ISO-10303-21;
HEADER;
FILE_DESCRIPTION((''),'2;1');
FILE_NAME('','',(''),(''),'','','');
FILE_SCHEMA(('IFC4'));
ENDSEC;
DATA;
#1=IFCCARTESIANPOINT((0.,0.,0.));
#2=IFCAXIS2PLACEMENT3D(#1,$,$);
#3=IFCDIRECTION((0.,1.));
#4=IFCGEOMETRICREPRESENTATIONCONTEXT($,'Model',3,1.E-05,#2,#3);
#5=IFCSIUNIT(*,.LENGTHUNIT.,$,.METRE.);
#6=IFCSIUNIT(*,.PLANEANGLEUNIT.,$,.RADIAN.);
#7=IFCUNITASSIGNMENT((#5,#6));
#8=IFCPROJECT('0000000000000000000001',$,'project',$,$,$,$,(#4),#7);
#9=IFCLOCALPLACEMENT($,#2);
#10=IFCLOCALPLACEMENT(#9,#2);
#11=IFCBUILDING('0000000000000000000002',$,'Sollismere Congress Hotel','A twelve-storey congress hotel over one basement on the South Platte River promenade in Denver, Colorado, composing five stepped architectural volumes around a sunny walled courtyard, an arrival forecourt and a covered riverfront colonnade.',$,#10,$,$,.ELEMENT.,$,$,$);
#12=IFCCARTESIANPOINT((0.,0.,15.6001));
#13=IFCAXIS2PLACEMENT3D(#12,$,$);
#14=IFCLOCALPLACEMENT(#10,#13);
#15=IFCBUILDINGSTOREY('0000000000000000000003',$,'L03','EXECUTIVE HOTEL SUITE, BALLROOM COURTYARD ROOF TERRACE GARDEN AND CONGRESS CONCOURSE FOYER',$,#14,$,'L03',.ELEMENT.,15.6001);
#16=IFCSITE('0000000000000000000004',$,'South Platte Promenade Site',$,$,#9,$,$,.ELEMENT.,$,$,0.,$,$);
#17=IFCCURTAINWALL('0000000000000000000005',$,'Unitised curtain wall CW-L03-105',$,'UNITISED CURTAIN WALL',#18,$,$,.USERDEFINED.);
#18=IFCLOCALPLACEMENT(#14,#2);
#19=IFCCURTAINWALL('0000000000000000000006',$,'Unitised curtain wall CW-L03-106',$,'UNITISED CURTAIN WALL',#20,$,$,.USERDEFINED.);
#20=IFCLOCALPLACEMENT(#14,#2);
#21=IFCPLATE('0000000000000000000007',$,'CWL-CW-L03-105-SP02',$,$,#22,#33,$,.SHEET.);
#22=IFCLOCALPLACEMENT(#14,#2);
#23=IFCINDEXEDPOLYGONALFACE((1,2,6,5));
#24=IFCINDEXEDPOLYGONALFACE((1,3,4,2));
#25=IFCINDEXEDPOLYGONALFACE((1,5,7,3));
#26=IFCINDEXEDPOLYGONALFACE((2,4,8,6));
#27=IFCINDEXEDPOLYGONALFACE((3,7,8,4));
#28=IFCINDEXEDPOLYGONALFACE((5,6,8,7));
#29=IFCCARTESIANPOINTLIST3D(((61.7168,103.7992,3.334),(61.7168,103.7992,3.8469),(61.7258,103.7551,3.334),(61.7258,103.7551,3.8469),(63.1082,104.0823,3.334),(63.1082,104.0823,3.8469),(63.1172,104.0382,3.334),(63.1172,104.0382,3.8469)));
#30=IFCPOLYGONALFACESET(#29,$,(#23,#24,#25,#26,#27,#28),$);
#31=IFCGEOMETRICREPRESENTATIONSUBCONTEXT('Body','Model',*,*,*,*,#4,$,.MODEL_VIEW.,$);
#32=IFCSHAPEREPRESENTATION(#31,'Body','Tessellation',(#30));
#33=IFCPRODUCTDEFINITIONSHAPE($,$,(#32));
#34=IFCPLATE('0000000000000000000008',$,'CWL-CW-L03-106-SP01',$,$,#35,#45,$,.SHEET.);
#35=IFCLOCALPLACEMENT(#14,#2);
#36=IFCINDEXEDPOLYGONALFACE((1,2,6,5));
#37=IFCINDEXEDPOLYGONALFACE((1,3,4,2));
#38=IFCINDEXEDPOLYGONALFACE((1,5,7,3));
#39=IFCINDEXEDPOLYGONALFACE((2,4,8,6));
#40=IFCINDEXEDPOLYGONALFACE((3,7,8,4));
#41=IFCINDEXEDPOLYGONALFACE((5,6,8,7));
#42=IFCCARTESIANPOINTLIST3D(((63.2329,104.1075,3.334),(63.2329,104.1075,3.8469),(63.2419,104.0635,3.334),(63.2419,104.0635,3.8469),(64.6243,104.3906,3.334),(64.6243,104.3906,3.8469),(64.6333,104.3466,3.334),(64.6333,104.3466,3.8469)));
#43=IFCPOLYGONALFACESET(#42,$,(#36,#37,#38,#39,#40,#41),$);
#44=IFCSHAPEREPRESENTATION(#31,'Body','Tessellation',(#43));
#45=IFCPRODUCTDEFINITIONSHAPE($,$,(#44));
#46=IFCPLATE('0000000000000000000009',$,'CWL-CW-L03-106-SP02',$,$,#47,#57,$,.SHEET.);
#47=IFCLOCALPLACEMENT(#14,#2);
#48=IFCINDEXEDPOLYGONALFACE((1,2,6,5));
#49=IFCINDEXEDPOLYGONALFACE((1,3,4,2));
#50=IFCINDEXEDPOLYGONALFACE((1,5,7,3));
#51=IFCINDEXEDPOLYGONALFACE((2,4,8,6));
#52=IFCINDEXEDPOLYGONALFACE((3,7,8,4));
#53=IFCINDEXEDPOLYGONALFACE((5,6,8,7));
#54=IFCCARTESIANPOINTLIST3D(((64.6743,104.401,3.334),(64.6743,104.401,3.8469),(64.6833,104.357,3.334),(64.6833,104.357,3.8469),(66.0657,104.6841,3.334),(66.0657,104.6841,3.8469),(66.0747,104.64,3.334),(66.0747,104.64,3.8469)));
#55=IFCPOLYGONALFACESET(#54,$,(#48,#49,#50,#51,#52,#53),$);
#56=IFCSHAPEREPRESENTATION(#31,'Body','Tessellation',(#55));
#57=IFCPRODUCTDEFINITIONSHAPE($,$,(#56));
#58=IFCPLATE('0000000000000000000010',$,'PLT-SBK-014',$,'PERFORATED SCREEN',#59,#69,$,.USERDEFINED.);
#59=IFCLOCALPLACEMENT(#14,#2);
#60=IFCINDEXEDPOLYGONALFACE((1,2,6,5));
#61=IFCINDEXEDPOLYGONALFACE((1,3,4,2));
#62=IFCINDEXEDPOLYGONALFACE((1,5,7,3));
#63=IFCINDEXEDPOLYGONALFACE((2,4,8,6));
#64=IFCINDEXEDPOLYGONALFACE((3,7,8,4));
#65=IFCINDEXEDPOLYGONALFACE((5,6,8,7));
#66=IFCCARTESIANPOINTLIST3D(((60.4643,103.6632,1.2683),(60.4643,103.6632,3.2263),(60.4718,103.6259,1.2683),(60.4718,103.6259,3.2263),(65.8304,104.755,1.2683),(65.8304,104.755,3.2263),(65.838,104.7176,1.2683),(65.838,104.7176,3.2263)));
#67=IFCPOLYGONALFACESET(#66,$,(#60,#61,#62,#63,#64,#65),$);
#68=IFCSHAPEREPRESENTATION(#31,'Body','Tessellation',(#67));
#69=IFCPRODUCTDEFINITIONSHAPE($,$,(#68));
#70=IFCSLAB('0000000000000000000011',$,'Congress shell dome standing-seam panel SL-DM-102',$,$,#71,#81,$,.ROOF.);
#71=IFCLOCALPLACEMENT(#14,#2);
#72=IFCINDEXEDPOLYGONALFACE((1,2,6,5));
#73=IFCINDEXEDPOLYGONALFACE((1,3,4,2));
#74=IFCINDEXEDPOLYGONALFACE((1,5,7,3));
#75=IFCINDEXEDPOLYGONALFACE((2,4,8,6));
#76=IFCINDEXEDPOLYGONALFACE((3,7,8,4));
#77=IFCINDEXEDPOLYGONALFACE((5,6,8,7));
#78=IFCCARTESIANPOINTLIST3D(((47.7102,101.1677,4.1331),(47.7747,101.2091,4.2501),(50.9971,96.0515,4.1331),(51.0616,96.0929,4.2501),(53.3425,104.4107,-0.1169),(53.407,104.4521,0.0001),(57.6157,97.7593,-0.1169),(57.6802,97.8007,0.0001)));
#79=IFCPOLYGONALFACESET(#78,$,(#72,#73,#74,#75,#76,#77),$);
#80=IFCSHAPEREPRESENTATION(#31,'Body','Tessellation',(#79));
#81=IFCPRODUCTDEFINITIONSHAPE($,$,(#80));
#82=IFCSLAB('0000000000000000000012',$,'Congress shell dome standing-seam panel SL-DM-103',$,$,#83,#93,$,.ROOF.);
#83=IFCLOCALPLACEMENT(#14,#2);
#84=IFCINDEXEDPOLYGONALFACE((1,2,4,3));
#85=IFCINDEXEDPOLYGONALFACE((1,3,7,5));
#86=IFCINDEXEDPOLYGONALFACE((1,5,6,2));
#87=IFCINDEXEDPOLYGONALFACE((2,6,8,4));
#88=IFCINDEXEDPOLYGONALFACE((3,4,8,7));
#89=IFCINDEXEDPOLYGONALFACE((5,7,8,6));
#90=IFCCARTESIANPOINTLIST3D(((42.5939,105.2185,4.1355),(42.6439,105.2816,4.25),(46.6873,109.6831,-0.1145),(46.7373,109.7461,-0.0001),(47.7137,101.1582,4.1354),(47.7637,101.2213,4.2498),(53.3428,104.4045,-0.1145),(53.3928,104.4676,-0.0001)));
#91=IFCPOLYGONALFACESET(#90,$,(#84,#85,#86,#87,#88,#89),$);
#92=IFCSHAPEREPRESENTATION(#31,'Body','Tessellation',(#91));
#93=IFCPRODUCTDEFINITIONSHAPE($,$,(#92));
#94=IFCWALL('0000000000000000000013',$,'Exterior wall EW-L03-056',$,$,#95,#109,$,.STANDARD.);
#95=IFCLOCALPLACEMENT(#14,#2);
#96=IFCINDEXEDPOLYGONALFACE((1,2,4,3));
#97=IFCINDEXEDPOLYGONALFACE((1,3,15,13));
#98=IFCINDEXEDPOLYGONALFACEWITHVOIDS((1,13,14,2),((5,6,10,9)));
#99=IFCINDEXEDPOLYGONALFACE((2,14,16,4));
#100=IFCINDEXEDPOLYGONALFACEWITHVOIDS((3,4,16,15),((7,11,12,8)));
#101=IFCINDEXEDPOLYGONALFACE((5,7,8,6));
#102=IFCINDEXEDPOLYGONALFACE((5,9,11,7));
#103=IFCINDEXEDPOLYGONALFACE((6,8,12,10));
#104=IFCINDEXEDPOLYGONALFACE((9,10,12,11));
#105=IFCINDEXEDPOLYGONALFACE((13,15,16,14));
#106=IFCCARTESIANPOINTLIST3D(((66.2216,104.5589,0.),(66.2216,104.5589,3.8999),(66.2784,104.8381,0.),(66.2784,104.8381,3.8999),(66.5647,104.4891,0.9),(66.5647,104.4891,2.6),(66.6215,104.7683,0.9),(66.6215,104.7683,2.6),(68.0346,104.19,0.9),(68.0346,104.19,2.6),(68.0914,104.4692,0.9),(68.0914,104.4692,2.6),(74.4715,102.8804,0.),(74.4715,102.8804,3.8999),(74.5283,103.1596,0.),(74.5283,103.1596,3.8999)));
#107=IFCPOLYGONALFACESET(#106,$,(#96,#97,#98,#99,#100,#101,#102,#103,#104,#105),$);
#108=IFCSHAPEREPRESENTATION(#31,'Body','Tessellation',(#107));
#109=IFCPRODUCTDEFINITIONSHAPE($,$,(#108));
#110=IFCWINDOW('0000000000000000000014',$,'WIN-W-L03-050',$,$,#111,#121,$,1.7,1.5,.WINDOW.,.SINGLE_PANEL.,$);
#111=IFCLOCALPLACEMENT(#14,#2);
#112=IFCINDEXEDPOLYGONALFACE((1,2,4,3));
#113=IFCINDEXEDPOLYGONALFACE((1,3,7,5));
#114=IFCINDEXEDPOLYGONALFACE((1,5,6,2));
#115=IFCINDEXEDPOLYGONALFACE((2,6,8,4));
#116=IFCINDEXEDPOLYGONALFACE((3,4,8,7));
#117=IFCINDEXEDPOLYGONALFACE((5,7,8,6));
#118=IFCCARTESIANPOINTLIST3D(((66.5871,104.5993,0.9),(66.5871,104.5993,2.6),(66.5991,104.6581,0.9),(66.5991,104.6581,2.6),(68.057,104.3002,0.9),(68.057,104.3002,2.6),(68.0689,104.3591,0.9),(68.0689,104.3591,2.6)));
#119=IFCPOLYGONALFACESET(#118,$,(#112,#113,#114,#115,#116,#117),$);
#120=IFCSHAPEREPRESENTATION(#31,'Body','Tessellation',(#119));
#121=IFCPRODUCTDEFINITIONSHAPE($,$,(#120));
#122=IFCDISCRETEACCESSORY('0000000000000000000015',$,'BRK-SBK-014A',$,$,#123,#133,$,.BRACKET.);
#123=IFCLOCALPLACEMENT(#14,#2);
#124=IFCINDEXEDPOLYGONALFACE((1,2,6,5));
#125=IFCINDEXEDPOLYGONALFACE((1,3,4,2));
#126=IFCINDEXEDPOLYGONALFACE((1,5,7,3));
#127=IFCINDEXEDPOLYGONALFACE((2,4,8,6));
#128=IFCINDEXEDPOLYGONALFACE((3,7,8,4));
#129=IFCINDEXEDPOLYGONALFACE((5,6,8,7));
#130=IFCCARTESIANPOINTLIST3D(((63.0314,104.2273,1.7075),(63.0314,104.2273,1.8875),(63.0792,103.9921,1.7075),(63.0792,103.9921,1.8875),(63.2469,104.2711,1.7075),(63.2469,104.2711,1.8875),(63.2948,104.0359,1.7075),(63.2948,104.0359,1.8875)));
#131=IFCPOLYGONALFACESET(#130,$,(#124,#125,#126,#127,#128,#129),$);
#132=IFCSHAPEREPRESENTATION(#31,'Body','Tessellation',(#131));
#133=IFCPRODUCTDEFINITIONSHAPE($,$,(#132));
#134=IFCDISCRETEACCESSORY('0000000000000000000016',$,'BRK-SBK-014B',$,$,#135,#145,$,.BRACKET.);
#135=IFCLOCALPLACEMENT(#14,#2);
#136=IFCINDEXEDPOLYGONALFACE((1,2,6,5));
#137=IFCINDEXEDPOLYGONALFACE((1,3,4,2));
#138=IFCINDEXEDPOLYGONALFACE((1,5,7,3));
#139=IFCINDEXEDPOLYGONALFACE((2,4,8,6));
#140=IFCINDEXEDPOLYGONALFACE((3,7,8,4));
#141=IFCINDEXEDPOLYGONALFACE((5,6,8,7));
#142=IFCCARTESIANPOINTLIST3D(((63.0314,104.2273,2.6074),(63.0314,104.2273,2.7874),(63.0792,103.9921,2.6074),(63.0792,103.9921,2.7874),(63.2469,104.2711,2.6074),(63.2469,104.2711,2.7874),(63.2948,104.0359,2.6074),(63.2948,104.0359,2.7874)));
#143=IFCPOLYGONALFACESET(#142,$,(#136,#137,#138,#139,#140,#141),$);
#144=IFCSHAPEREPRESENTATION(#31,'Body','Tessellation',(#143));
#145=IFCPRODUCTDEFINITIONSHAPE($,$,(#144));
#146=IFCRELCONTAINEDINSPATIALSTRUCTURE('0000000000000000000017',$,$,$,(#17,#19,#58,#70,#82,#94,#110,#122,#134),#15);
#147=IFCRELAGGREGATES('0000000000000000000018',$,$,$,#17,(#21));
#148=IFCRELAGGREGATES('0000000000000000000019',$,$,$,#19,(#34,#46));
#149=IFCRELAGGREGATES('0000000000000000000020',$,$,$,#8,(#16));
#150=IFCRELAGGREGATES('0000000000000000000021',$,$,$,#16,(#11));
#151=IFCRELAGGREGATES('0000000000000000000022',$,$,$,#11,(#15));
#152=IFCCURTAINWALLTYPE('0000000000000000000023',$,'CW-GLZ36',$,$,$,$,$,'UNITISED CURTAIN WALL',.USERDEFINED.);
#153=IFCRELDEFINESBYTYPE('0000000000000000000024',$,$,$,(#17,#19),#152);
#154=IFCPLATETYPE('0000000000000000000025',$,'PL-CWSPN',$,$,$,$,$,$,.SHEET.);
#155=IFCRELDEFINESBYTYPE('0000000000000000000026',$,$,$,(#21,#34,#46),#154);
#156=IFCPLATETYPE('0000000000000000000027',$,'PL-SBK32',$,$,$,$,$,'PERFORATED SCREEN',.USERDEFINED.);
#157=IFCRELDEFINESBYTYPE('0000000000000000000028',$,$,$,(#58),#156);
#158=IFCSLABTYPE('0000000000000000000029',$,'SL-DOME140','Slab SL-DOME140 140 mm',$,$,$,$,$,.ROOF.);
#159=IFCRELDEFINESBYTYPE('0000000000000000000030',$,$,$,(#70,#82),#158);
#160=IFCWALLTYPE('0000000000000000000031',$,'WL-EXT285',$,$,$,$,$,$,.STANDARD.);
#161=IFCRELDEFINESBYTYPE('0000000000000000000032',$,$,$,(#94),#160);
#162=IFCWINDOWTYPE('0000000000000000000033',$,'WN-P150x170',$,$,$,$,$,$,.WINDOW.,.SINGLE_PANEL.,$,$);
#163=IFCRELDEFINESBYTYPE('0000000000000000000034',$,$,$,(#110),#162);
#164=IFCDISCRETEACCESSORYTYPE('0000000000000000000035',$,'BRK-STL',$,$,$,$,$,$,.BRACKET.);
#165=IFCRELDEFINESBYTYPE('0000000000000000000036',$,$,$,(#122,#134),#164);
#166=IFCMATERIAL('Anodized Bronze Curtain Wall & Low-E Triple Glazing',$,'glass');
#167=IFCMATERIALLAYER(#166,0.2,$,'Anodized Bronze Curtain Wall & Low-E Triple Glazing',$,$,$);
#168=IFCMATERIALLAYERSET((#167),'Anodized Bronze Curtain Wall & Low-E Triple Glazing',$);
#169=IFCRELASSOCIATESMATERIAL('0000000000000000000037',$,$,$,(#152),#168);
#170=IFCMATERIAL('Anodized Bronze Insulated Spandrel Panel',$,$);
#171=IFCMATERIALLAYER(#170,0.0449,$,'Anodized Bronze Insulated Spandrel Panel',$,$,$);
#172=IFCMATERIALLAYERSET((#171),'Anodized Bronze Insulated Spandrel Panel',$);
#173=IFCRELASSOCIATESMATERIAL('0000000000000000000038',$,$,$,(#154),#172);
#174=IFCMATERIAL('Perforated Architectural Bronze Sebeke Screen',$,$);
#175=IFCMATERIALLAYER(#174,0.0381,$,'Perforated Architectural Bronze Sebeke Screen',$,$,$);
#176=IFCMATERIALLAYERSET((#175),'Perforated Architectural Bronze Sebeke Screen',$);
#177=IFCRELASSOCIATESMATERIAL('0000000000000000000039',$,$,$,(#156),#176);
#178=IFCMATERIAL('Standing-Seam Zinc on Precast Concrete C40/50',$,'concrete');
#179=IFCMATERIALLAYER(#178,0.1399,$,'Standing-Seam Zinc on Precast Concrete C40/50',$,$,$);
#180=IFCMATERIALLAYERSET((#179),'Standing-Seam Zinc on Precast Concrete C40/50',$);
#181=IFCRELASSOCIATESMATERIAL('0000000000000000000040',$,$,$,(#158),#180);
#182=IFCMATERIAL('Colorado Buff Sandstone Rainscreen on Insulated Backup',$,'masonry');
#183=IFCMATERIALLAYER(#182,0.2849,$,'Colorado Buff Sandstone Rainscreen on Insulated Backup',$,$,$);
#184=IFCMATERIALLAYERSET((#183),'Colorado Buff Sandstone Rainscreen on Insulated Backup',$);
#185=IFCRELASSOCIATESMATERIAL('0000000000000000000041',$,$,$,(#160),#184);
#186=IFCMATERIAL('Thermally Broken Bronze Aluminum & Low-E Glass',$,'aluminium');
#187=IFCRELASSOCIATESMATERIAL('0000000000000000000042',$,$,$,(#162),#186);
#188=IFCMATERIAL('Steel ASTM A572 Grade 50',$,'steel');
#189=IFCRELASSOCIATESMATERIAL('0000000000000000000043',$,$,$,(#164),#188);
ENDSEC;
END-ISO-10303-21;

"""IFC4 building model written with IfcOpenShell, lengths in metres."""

from ifc_helpers import new_model, si_unit, direction, frame, frame_2d, origin, origin_2d, place, context, subcontext, project, spatial, polyline, rectangle, outline, extrude, material, layer, layer_set, type_object, element, fill, aggregate, save


model = new_model("IFC4")

# Units and contexts
model_context = context("Model", 3, precision=1e-05, world=origin(), true_north=direction((0.0, 1.0)))
body_context = subcontext(model_context, "Body", "Model", "MODEL_VIEW")
ifc_project = project(units=[si_unit("LENGTHUNIT", "METRE"), si_unit("PLANEANGLEUNIT", "RADIAN")], contexts=[model_context])

# Site, building, storey
site_placement = place(None, origin())
site = spatial("IfcSite", under=ifc_project, at=site_placement, Name="South Platte Promenade Site", CompositionType="ELEMENT", RefElevation=0.0)
building_placement = place(site_placement, origin())
building = spatial("IfcBuilding", under=site, at=building_placement, Name="Sollismere Congress Hotel", Description="A twelve-storey congress hotel over one basement on the South Platte River promenade in Denver, Colorado, composing five stepped architectural volumes around a sunny walled courtyard, an arrival forecourt and a covered riverfront colonnade.", CompositionType="ELEMENT")
storey_placement = place(building_placement, frame((0.0, 0.0, 15.6001)))
storey = spatial("IfcBuildingStorey", under=building, at=storey_placement, Name="L03", Description="EXECUTIVE HOTEL SUITE, BALLROOM COURTYARD ROOF TERRACE GARDEN AND CONGRESS CONCOURSE FOYER", LongName="L03", CompositionType="ELEMENT", Elevation=15.6001)

# Curtain walls
ifc_material_1 = material(Name="Anodized Bronze Curtain Wall & Low-E Triple Glazing", Category="glass")
ifc_layer_1 = layer(ifc_material_1, 0.2, Name="Anodized Bronze Curtain Wall & Low-E Triple Glazing")
ifc_layer_set_1 = layer_set([ifc_layer_1], Name="Anodized Bronze Curtain Wall & Low-E Triple Glazing")
curtain_wall_type = type_object("IfcCurtainWallType", Name="CW-GLZ36", ElementType="UNITISED CURTAIN WALL", PredefinedType="USERDEFINED", material=ifc_layer_set_1)
curtain_wall_1_placement = place(storey_placement, origin())
curtain_wall_1 = element("IfcCurtainWall", 1, at=curtain_wall_1_placement, inside=storey, type_object=curtain_wall_type, Name="Unitised curtain wall CW-L03-105", ObjectType="UNITISED CURTAIN WALL", PredefinedType="USERDEFINED")
curtain_wall_2_placement = place(storey_placement, origin())
curtain_wall_2 = element("IfcCurtainWall", 2, at=curtain_wall_2_placement, inside=storey, type_object=curtain_wall_type, Name="Unitised curtain wall CW-L03-106", ObjectType="UNITISED CURTAIN WALL", PredefinedType="USERDEFINED")

# Plates
ifc_material_2 = material(Name="Anodized Bronze Insulated Spandrel Panel")
ifc_layer_2 = layer(ifc_material_2, 0.0449, Name="Anodized Bronze Insulated Spandrel Panel")
ifc_layer_set_2 = layer_set([ifc_layer_2], Name="Anodized Bronze Insulated Spandrel Panel")
plate_type_1 = type_object("IfcPlateType", Name="PL-CWSPN", PredefinedType="SHEET", material=ifc_layer_set_2)
plate_1_placement = place(storey_placement, frame((62.417, 103.9187, 3.334), z_axis=(0.0, 0.0, 1.0), x_axis=(0.979925, 0.199368, 0.0)))
plate_1 = element("IfcPlate", 3, at=plate_1_placement, type_object=plate_type_1, Name="CWL-CW-L03-105-SP02", PredefinedType="SHEET", context=body_context, shape_type="SweptSolid", body=[
    extrude(rectangle(XDim=1.4199, YDim=0.0449, at=origin_2d()), origin(), (0.0, 0.0, 1.0), 0.5129),
])
aggregate(curtain_wall_1, [plate_1])
plate_2_placement = place(storey_placement, frame((63.9331, 104.2271, 3.334), z_axis=(0.0, 0.0, 1.0), x_axis=(0.979925, 0.199368, 0.0)))
plate_2 = element("IfcPlate", 4, at=plate_2_placement, type_object=plate_type_1, Name="CWL-CW-L03-106-SP01", PredefinedType="SHEET", context=body_context, shape_type="SweptSolid", body=[
    extrude(rectangle(XDim=1.4199, YDim=0.0449, at=origin_2d()), origin(), (0.0, 0.0, 1.0), 0.5129),
])
plate_3_placement = place(storey_placement, frame((65.3745, 104.5205, 3.334), z_axis=(0.0, 0.0, 1.0), x_axis=(0.979925, 0.199368, 0.0)))
plate_3 = element("IfcPlate", 5, at=plate_3_placement, type_object=plate_type_1, Name="CWL-CW-L03-106-SP02", PredefinedType="SHEET", context=body_context, shape_type="SweptSolid", body=[
    extrude(rectangle(XDim=1.4199, YDim=0.0449, at=origin_2d()), origin(), (0.0, 0.0, 1.0), 0.5129),
])
aggregate(curtain_wall_2, [plate_2, plate_3])
ifc_material_3 = material(Name="Perforated Architectural Bronze Sebeke Screen")
ifc_layer_3 = layer(ifc_material_3, 0.0381, Name="Perforated Architectural Bronze Sebeke Screen")
ifc_layer_set_3 = layer_set([ifc_layer_3], Name="Perforated Architectural Bronze Sebeke Screen")
plate_type_2 = type_object("IfcPlateType", Name="PL-SBK32", ElementType="PERFORATED SCREEN", PredefinedType="USERDEFINED", material=ifc_layer_set_3)
plate_4_placement = place(storey_placement, frame((63.1511, 104.1904, 1.2683), z_axis=(0.0, 0.0, 1.0), x_axis=(0.979925, 0.199368, 0.0)))
element("IfcPlate", 6, at=plate_4_placement, inside=storey, type_object=plate_type_2, Name="PLT-SBK-014", ObjectType="PERFORATED SCREEN", PredefinedType="USERDEFINED", context=body_context, shape_type="SweptSolid", body=[
    extrude(rectangle(XDim=5.4761, YDim=0.0381, at=origin_2d()), origin(), (0.0, 0.0, 1.0), 1.958),
])

# Slabs
ifc_material_4 = material(Name="Standing-Seam Zinc on Precast Concrete C40/50", Category="concrete")
ifc_layer_4 = layer(ifc_material_4, 0.1399, Name="Standing-Seam Zinc on Precast Concrete C40/50")
ifc_layer_set_4 = layer_set([ifc_layer_4], Name="Standing-Seam Zinc on Precast Concrete C40/50")
slab_type = type_object("IfcSlabType", Name="SL-DOME140", Description="Slab SL-DOME140 140 mm", PredefinedType="ROOF", material=ifc_layer_set_4)
slab_1_placement = place(storey_placement, frame((57.6157, 97.7593, -0.1169), z_axis=(0.46084, 0.296066, 0.836643), x_axis=(-0.540516, 0.841334, 0.000002)))
element("IfcSlab", 7, at=slab_1_placement, inside=storey, type_object=slab_type, Name="Congress shell dome standing-seam panel SL-DM-102", PredefinedType="ROOF", context=body_context, shape_type="SweptSolid", body=[
    extrude(outline(polyline([(0.0, 0.0), (7.9058, 0.0), (8.2217, 7.759), (2.1406, 7.759), (0.0, 0.0)])), origin(), (0.0, 0.0, 1.0), 0.1399),
])
slab_2_placement = place(storey_placement, frame((53.3428, 104.4045, -0.1145), z_axis=(0.357528, 0.450799, 0.817896), x_axis=(-0.783496, 0.621397, -0.000003)))
element("IfcSlab", 8, at=slab_2_placement, inside=storey, type_object=slab_type, Name="Congress shell dome standing-seam panel SL-DM-103", PredefinedType="ROOF", context=body_context, shape_type="SweptSolid", body=[
    extrude(outline(polyline([(0.0, 0.0), (8.4946, 0.0), (8.9275, 7.3867), (2.3931, 7.3865), (0.0, 0.0)])), origin(), (0.0, 0.0, 1.0), 0.1399),
])

# Wall, opening, window
ifc_material_5 = material(Name="Colorado Buff Sandstone Rainscreen on Insulated Backup", Category="masonry")
ifc_layer_5 = layer(ifc_material_5, 0.2849, Name="Colorado Buff Sandstone Rainscreen on Insulated Backup")
ifc_layer_set_5 = layer_set([ifc_layer_5], Name="Colorado Buff Sandstone Rainscreen on Insulated Backup")
wall_type = type_object("IfcWallType", Name="WL-EXT285", PredefinedType="STANDARD", material=ifc_layer_set_5)
wall_placement = place(storey_placement, frame((66.25, 104.6985, 0.0), z_axis=(0.0, 0.0, 1.0), x_axis=(0.979925, -0.199366, 0.0)))
wall = element("IfcWall", 9, at=wall_placement, inside=storey, type_object=wall_type, Name="Exterior wall EW-L03-056", PredefinedType="STANDARD", context=body_context, shape_type="SweptSolid", body=[
    extrude(rectangle(XDim=8.4189, YDim=0.2849, at=frame_2d((4.2095, 0.0))), origin(), (0.0, 0.0, 1.0), 3.8999),
])
opening_placement = place(wall_placement, frame((0.3501, 0.0, 0.8999)))
opening = element("IfcOpeningElement", 10, at=opening_placement, cuts=wall, PredefinedType="OPENING", context=body_context, shape_type="SweptSolid", body=[
    extrude(rectangle(XDim=1.5, YDim=1.7, at=frame_2d((0.75, 0.8501))), frame((0.0, 0.1523, 0.0), z_axis=(0.0, -1.0, 0.0), x_axis=(1.0, 0.0, 0.0)), (0.0, 0.0, 1.0), 0.3049),
])
ifc_material_6 = material(Name="Thermally Broken Bronze Aluminum & Low-E Glass", Category="aluminium")
window_type = type_object("IfcWindowType", Name="WN-P150x170", PartitioningType="SINGLE_PANEL", PredefinedType="WINDOW", material=ifc_material_6)
window_placement = place(opening_placement, origin())
window = element("IfcWindow", 11, at=window_placement, inside=storey, type_object=window_type, Name="WIN-W-L03-050", OverallHeight=1.7, OverallWidth=1.5, PartitioningType="SINGLE_PANEL", PredefinedType="WINDOW", context=body_context, shape_type="SweptSolid", body=[
    extrude(rectangle(XDim=1.5, YDim=1.7, at=frame_2d((0.75, 0.8501))), frame((0.0, 0.03, 0.0), z_axis=(0.0, -1.0, 0.0), x_axis=(1.0, 0.0, 0.0)), (0.0, 0.0, 1.0), 0.0601),
])
fill(opening, window)

# Discrete accessories
ifc_material_7 = material(Name="Steel ASTM A572 Grade 50", Category="steel")
discrete_accessory_type = type_object("IfcDiscreteAccessoryType", Name="BRK-STL", PredefinedType="BRACKET", material=ifc_material_7)
for number, where, z_axis, x_axis, name in (
    (12, (63.1631, 104.1316, 1.7075), (0.0, 0.0, 1.0), (0.979925, 0.199368, 0.0), "BRK-SBK-014A"),
    (13, (63.1631, 104.1316, 2.6074), (0.0, 0.0, 1.0), (0.979925, 0.199368, 0.0), "BRK-SBK-014B"),
):
    element("IfcDiscreteAccessory", number, at=place(storey_placement, frame(where, z_axis=z_axis, x_axis=x_axis)), inside=storey, type_object=discrete_accessory_type, Name=name, PredefinedType="BRACKET", context=body_context, shape_type="SweptSolid", body=[
        extrude(rectangle(XDim=0.22, YDim=0.24, at=origin_2d()), origin(), (0.0, 0.0, 1.0), 0.1799),
    ])

save(model, "model.ifc")
